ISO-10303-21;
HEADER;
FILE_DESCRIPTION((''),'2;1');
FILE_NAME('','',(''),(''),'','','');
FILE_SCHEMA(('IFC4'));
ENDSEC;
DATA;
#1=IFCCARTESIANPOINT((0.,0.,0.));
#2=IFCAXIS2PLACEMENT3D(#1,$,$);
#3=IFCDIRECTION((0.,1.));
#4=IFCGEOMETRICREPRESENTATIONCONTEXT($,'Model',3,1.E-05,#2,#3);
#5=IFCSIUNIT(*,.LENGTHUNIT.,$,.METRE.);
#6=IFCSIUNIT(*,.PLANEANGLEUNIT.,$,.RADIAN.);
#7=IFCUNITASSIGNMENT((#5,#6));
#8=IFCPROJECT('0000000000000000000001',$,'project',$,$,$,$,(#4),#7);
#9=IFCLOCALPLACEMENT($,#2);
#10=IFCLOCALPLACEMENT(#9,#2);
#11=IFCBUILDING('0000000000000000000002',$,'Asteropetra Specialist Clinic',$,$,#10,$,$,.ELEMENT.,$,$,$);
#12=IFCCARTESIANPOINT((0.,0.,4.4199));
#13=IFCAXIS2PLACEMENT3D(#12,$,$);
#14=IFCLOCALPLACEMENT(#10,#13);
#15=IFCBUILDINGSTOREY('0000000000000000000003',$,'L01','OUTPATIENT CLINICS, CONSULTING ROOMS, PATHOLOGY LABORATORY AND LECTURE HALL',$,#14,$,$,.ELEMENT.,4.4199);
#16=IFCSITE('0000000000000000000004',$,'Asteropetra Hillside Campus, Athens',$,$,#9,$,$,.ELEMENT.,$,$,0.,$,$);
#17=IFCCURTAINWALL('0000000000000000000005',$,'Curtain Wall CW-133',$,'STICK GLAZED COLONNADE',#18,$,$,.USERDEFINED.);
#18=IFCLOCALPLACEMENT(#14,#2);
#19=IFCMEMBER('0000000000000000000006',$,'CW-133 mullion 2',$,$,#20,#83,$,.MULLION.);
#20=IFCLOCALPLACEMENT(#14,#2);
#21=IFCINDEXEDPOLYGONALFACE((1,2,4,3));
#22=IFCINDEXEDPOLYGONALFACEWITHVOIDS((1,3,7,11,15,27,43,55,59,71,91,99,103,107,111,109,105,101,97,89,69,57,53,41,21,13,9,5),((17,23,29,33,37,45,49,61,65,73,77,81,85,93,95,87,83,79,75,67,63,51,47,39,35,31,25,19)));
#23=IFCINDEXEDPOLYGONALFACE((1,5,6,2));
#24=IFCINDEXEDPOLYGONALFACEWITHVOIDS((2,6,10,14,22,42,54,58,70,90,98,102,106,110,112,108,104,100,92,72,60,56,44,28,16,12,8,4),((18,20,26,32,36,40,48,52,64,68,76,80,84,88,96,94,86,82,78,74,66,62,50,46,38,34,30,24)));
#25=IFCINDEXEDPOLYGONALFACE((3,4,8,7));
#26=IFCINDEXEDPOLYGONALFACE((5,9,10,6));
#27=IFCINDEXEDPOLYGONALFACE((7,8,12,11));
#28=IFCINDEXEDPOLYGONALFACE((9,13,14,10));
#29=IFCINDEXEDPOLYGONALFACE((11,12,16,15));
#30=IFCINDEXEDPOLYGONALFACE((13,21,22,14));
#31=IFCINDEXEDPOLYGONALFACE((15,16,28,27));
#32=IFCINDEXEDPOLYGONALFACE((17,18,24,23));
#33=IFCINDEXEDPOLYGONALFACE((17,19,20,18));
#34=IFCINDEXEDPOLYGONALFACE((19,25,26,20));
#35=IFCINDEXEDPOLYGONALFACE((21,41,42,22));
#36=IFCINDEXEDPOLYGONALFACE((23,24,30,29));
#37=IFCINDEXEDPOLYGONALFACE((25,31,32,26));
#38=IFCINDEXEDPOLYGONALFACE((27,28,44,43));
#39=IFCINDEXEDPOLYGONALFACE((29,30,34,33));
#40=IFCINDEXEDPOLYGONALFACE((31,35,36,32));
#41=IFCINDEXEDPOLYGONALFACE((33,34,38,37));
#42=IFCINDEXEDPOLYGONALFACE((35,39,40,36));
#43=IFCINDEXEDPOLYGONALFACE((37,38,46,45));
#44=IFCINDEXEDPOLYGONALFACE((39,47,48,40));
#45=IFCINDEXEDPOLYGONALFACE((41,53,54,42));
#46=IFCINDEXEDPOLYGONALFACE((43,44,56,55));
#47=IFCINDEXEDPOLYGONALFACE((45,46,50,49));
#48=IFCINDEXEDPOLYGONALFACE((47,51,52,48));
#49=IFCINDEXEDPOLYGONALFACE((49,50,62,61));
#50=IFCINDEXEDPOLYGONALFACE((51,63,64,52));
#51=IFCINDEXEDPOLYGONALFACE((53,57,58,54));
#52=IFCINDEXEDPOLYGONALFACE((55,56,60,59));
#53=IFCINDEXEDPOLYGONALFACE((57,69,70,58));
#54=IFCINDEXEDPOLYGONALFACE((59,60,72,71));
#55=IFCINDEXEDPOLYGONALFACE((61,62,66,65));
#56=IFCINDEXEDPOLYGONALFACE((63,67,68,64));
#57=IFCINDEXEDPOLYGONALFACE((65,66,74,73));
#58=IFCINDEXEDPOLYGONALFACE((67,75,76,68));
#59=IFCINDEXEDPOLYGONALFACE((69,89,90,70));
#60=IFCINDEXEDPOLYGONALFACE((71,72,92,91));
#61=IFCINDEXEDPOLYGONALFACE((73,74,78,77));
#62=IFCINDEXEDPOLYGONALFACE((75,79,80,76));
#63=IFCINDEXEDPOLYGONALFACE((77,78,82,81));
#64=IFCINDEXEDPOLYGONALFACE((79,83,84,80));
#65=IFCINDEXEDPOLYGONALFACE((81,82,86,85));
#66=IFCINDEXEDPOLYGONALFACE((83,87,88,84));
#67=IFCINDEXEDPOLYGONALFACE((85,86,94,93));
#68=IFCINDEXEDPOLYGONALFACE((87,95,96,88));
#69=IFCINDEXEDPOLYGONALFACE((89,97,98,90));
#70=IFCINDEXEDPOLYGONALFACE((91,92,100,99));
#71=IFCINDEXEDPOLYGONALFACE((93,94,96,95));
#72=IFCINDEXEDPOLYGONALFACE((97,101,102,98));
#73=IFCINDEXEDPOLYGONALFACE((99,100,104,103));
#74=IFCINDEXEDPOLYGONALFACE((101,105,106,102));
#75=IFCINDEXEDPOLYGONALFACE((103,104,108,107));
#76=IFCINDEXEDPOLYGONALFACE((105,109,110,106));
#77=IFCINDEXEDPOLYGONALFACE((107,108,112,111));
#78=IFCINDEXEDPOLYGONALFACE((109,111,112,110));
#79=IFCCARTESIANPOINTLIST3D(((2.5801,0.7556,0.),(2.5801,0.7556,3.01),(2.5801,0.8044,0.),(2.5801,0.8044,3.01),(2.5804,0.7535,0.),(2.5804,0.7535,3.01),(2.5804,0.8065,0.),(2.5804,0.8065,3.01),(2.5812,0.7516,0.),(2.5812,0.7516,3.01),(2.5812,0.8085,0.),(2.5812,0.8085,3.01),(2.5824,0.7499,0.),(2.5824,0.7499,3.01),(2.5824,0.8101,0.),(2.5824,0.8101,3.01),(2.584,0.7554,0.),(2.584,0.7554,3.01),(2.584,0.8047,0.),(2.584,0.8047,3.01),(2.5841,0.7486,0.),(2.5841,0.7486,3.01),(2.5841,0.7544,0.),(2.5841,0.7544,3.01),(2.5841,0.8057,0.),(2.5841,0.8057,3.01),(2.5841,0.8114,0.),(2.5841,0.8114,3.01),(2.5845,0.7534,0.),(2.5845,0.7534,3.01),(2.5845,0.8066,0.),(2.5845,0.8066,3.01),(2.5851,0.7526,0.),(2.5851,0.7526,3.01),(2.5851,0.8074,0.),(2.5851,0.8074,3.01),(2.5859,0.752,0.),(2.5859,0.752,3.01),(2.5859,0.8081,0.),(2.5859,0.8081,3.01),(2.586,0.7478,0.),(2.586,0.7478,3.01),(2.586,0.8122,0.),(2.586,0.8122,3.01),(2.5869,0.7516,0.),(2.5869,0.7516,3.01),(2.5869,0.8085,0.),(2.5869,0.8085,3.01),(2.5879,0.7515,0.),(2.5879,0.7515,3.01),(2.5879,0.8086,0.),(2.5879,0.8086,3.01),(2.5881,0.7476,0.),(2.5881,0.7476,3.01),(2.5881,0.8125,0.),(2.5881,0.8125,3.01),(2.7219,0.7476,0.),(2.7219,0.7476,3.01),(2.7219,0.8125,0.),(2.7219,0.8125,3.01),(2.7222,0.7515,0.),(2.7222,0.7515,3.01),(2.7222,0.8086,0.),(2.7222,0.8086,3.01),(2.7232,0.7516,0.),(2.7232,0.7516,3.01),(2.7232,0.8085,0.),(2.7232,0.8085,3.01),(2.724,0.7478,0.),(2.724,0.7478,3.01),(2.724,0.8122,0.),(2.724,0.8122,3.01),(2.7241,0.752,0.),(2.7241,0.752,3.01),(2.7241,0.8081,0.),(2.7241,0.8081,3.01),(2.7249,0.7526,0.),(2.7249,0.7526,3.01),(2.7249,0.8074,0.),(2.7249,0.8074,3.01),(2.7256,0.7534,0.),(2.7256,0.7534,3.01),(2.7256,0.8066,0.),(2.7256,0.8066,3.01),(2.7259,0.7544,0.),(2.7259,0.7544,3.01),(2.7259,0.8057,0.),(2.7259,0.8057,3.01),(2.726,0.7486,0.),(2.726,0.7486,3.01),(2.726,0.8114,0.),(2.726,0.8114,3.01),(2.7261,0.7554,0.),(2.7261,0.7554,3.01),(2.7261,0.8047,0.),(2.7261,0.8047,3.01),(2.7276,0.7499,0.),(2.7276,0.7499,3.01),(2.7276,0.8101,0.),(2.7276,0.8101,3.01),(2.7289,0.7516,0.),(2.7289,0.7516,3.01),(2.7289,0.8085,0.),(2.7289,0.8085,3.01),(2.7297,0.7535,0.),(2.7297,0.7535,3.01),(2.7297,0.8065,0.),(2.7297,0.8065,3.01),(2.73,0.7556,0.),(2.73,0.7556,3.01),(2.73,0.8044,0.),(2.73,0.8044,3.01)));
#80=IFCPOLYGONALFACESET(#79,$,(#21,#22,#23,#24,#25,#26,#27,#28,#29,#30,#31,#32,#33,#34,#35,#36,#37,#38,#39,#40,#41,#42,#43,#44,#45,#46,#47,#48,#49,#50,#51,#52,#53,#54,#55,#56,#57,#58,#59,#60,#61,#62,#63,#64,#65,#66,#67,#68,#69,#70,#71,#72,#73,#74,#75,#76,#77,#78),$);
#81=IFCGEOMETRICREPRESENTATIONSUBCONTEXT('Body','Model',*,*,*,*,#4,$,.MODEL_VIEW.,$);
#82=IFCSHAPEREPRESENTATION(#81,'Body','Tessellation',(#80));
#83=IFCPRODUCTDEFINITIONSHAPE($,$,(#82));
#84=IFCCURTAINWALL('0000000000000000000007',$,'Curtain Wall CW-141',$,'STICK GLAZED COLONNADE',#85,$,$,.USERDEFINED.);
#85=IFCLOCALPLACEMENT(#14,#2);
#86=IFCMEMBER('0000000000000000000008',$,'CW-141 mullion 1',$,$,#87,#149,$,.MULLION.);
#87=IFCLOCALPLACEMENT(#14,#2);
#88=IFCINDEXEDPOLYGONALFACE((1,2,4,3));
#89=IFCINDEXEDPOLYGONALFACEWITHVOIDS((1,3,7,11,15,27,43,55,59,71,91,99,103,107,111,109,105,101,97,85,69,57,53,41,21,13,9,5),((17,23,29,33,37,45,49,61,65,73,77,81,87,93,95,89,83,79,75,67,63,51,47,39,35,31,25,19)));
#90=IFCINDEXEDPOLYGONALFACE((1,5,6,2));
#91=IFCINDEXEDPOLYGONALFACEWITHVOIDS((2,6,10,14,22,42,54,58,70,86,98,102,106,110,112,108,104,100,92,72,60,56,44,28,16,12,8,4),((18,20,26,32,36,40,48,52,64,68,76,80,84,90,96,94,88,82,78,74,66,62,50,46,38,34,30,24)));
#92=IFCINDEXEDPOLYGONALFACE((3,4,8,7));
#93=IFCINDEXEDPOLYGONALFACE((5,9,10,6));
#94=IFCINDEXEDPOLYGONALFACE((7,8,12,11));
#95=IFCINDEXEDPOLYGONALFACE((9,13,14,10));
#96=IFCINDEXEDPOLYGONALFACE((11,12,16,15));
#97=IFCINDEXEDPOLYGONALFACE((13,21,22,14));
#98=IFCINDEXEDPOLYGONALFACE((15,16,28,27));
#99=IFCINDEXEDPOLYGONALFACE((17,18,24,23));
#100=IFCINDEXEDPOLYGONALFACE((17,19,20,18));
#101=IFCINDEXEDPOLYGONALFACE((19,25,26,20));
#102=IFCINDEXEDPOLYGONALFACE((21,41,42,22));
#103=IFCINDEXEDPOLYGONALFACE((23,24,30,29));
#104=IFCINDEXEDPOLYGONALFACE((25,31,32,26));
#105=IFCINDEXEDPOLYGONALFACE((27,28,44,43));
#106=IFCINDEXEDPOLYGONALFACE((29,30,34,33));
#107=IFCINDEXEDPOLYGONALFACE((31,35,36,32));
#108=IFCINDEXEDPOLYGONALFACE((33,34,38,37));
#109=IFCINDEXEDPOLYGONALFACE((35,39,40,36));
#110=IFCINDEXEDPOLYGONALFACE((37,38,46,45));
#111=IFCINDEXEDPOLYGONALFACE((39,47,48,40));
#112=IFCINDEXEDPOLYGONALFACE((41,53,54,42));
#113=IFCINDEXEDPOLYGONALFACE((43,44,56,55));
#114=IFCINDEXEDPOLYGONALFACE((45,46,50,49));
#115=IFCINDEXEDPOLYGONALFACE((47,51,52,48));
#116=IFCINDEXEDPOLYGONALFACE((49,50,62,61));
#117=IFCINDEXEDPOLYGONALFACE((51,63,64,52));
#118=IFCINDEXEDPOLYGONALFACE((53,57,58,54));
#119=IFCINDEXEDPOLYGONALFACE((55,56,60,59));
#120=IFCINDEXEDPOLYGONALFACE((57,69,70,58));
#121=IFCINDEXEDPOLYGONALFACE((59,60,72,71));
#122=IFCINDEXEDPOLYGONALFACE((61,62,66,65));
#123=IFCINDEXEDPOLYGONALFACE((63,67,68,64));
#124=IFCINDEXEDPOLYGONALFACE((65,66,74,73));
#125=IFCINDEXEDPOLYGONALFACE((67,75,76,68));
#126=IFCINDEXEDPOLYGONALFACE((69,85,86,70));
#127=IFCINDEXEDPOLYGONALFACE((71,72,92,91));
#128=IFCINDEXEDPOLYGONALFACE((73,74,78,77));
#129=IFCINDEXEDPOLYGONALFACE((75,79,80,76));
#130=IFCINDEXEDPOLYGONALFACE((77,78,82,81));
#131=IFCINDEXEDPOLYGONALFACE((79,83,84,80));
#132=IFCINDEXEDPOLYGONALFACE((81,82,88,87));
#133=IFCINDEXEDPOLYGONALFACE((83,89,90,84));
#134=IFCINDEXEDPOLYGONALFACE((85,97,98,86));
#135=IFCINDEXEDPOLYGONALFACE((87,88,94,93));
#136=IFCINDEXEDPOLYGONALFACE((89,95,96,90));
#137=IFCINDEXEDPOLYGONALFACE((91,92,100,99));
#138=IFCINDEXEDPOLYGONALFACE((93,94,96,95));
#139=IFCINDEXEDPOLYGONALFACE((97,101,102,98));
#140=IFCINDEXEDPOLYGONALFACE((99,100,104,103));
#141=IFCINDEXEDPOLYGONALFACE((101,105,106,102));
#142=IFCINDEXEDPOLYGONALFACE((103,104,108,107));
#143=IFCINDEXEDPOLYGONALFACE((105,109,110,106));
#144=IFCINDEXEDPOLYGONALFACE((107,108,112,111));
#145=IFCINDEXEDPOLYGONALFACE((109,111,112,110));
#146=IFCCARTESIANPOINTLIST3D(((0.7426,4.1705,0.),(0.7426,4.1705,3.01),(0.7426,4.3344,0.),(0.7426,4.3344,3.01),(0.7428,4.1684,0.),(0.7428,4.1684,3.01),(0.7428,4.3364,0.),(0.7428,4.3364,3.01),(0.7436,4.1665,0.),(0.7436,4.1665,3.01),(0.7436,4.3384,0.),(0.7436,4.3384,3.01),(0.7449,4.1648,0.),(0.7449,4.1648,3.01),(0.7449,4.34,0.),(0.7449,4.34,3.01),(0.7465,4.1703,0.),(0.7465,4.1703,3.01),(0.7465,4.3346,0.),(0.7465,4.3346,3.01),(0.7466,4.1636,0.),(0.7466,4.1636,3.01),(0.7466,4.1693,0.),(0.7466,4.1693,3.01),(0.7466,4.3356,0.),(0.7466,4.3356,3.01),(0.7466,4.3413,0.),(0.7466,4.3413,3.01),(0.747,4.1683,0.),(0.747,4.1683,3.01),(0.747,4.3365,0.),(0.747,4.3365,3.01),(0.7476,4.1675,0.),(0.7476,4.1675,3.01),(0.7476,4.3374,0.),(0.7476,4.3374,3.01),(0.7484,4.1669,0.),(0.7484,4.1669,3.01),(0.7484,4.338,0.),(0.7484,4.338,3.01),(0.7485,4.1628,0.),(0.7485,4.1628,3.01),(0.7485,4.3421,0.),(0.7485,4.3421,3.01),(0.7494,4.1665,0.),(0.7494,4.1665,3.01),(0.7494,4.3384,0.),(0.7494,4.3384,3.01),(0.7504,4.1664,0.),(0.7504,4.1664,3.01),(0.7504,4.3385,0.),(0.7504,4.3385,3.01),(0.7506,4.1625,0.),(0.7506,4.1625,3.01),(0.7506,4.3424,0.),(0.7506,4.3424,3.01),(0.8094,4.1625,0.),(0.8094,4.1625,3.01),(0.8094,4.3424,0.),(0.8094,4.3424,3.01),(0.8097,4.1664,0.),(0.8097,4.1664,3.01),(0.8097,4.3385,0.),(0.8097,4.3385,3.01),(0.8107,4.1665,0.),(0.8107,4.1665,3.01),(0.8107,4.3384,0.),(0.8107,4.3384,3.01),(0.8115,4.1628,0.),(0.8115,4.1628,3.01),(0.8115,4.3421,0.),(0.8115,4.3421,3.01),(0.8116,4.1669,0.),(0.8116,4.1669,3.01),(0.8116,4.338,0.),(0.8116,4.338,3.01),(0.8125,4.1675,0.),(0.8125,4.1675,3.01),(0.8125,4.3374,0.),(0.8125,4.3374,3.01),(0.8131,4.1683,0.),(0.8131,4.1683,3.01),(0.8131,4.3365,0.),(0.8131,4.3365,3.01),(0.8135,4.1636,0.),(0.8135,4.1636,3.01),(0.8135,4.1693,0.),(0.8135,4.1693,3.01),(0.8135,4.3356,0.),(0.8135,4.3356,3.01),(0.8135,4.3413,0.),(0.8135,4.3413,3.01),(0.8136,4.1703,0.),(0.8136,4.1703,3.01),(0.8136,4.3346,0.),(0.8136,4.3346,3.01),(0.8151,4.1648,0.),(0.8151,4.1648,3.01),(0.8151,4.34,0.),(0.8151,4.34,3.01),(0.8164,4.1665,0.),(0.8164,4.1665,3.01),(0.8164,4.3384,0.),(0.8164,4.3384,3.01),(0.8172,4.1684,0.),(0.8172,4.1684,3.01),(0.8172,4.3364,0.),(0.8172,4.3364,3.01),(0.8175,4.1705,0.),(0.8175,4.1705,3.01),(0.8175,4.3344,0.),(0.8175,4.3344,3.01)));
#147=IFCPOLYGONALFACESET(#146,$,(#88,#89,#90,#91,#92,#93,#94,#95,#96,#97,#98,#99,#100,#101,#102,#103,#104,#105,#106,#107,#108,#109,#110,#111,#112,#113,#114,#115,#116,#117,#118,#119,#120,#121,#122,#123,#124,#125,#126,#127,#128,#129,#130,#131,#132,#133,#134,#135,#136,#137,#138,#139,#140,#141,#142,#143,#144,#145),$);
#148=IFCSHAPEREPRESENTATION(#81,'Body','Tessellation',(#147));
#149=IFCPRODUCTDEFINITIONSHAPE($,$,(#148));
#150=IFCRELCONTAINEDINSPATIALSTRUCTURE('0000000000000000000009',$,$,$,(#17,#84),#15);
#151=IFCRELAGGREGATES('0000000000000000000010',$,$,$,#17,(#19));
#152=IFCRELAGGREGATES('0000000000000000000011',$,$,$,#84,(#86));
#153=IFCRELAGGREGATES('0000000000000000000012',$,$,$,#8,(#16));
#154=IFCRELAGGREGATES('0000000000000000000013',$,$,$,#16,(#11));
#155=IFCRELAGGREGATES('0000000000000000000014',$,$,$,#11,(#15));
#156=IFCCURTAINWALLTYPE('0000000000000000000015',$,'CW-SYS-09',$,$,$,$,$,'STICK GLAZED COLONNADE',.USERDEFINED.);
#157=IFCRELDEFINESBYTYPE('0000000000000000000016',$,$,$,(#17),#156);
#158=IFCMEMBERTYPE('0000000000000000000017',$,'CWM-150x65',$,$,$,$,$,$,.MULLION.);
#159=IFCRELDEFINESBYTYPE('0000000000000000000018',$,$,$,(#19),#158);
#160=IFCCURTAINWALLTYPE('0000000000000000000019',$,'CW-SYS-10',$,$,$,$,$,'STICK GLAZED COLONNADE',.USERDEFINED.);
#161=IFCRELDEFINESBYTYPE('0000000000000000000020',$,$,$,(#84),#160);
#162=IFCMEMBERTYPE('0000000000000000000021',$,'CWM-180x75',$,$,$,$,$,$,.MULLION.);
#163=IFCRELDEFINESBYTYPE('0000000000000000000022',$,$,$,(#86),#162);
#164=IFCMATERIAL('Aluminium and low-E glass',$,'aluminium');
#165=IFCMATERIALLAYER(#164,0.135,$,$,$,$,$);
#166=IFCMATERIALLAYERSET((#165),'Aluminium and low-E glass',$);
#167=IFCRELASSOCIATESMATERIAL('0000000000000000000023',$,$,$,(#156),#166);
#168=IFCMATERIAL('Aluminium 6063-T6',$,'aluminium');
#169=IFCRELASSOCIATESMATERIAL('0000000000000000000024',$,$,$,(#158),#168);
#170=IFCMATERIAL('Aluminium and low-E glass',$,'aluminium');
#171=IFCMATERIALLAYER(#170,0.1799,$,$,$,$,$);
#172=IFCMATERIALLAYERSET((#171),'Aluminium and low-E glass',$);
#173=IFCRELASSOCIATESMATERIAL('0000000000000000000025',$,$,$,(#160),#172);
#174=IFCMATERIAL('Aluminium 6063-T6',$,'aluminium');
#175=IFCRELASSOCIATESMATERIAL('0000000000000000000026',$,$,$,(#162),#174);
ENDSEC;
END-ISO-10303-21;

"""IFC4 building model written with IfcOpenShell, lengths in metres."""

from ifc_helpers import new_model, si_unit, direction, frame, origin, origin_2d, place, context, subcontext, project, spatial, hollow_rectangle, extrude, material, layer, layer_set, material_profile, profile_set, type_object, element, aggregate, save


model = new_model("IFC4")

# Units and contexts
model_context = context("Model", 3, precision=1e-05, world=origin(), true_north=direction((0.0, 1.0)))
body_context = subcontext(model_context, "Body", "Model", "MODEL_VIEW")
ifc_project = project(units=[si_unit("LENGTHUNIT", "METRE"), si_unit("PLANEANGLEUNIT", "RADIAN")], contexts=[model_context])

# Site, building, storey
site_placement = place(None, origin())
site = spatial("IfcSite", under=ifc_project, at=site_placement, Name="Asteropetra Hillside Campus, Athens", CompositionType="ELEMENT", RefElevation=0.0)
building_placement = place(site_placement, origin())
building = spatial("IfcBuilding", under=site, at=building_placement, Name="Asteropetra Specialist Clinic", CompositionType="ELEMENT")
storey_placement = place(building_placement, frame((0.0, 0.0, 4.4199)))
storey = spatial("IfcBuildingStorey", under=building, at=storey_placement, Name="L01", Description="OUTPATIENT CLINICS, CONSULTING ROOMS, PATHOLOGY LABORATORY AND LECTURE HALL", CompositionType="ELEMENT", Elevation=4.4199)

# Curtain wall, member
ifc_material_1 = material(Name="Aluminium and low-E glass", Category="aluminium")
ifc_layer_1 = layer(ifc_material_1, 0.135)
ifc_layer_set_1 = layer_set([ifc_layer_1], Name="Aluminium and low-E glass")
curtain_wall_type_1 = type_object("IfcCurtainWallType", Name="CW-SYS-09", ElementType="STICK GLAZED COLONNADE", PredefinedType="USERDEFINED", material=ifc_layer_set_1)
curtain_wall_1_placement = place(storey_placement, origin())
curtain_wall_1 = element("IfcCurtainWall", 1, at=curtain_wall_1_placement, inside=storey, type_object=curtain_wall_type_1, Name="Curtain Wall CW-133", ObjectType="STICK GLAZED COLONNADE", PredefinedType="USERDEFINED")
ifc_material_2 = material(Name="Aluminium 6063-T6", Category="aluminium")
ifc_material_profile_1 = material_profile(ifc_material_2, hollow_rectangle(XDim=0.0649, YDim=0.1499, WallThickness=0.0039, InnerFilletRadius=0.0039, OuterFilletRadius=0.0081, at=origin_2d()), Name="MUL 150x65x4.0")
ifc_profile_set_1 = profile_set([ifc_material_profile_1], Name="Aluminium 6063-T6")
member_type_1 = type_object("IfcMemberType", Name="CWM-150x65", PredefinedType="MULLION", material=ifc_profile_set_1)
member_1_placement = place(storey_placement, frame((2.655, 0.78, 0.0), z_axis=(0.0, 0.0, 1.0), x_axis=(0.0, 1.0, 0.0)))
member_1 = element("IfcMember", 2, at=member_1_placement, type_object=member_type_1, Name="CW-133 mullion 2", PredefinedType="MULLION", context=body_context, shape_type="SweptSolid", body=[
    extrude(hollow_rectangle(XDim=0.0649, YDim=0.1499, WallThickness=0.0039, InnerFilletRadius=0.0039, OuterFilletRadius=0.0081, at=origin_2d()), origin(), (0.0, 0.0, 1.0), 3.01),
])

# Curtain wall, member
ifc_material_3 = material(Name="Aluminium and low-E glass", Category="aluminium")
ifc_layer_2 = layer(ifc_material_3, 0.1799)
ifc_layer_set_2 = layer_set([ifc_layer_2], Name="Aluminium and low-E glass")
curtain_wall_type_2 = type_object("IfcCurtainWallType", Name="CW-SYS-10", ElementType="STICK GLAZED COLONNADE", PredefinedType="USERDEFINED", material=ifc_layer_set_2)
curtain_wall_2_placement = place(storey_placement, origin())
curtain_wall_2 = element("IfcCurtainWall", 3, at=curtain_wall_2_placement, inside=storey, type_object=curtain_wall_type_2, Name="Curtain Wall CW-141", ObjectType="STICK GLAZED COLONNADE", PredefinedType="USERDEFINED")
ifc_material_4 = material(Name="Aluminium 6063-T6", Category="aluminium")
ifc_material_profile_2 = material_profile(ifc_material_4, hollow_rectangle(XDim=0.075, YDim=0.1799, WallThickness=0.0039, InnerFilletRadius=0.0039, OuterFilletRadius=0.0081, at=origin_2d()), Name="MUL 180x75x4.0")
ifc_profile_set_2 = profile_set([ifc_material_profile_2], Name="Aluminium 6063-T6")
member_type_2 = type_object("IfcMemberType", Name="CWM-180x75", PredefinedType="MULLION", material=ifc_profile_set_2)
member_2_placement = place(storey_placement, frame((0.78, 4.2524, 0.0), z_axis=(0.0, 0.0, 1.0), x_axis=(1.0, 0.0, 0.0)))
member_2 = element("IfcMember", 4, at=member_2_placement, type_object=member_type_2, Name="CW-141 mullion 1", PredefinedType="MULLION", context=body_context, shape_type="SweptSolid", body=[
    extrude(hollow_rectangle(XDim=0.075, YDim=0.1799, WallThickness=0.0039, InnerFilletRadius=0.0039, OuterFilletRadius=0.0081, at=origin_2d()), origin(), (0.0, 0.0, 1.0), 3.01),
])

aggregate(curtain_wall_1, [member_1])
aggregate(curtain_wall_2, [member_2])

save(model, "model.ifc")
